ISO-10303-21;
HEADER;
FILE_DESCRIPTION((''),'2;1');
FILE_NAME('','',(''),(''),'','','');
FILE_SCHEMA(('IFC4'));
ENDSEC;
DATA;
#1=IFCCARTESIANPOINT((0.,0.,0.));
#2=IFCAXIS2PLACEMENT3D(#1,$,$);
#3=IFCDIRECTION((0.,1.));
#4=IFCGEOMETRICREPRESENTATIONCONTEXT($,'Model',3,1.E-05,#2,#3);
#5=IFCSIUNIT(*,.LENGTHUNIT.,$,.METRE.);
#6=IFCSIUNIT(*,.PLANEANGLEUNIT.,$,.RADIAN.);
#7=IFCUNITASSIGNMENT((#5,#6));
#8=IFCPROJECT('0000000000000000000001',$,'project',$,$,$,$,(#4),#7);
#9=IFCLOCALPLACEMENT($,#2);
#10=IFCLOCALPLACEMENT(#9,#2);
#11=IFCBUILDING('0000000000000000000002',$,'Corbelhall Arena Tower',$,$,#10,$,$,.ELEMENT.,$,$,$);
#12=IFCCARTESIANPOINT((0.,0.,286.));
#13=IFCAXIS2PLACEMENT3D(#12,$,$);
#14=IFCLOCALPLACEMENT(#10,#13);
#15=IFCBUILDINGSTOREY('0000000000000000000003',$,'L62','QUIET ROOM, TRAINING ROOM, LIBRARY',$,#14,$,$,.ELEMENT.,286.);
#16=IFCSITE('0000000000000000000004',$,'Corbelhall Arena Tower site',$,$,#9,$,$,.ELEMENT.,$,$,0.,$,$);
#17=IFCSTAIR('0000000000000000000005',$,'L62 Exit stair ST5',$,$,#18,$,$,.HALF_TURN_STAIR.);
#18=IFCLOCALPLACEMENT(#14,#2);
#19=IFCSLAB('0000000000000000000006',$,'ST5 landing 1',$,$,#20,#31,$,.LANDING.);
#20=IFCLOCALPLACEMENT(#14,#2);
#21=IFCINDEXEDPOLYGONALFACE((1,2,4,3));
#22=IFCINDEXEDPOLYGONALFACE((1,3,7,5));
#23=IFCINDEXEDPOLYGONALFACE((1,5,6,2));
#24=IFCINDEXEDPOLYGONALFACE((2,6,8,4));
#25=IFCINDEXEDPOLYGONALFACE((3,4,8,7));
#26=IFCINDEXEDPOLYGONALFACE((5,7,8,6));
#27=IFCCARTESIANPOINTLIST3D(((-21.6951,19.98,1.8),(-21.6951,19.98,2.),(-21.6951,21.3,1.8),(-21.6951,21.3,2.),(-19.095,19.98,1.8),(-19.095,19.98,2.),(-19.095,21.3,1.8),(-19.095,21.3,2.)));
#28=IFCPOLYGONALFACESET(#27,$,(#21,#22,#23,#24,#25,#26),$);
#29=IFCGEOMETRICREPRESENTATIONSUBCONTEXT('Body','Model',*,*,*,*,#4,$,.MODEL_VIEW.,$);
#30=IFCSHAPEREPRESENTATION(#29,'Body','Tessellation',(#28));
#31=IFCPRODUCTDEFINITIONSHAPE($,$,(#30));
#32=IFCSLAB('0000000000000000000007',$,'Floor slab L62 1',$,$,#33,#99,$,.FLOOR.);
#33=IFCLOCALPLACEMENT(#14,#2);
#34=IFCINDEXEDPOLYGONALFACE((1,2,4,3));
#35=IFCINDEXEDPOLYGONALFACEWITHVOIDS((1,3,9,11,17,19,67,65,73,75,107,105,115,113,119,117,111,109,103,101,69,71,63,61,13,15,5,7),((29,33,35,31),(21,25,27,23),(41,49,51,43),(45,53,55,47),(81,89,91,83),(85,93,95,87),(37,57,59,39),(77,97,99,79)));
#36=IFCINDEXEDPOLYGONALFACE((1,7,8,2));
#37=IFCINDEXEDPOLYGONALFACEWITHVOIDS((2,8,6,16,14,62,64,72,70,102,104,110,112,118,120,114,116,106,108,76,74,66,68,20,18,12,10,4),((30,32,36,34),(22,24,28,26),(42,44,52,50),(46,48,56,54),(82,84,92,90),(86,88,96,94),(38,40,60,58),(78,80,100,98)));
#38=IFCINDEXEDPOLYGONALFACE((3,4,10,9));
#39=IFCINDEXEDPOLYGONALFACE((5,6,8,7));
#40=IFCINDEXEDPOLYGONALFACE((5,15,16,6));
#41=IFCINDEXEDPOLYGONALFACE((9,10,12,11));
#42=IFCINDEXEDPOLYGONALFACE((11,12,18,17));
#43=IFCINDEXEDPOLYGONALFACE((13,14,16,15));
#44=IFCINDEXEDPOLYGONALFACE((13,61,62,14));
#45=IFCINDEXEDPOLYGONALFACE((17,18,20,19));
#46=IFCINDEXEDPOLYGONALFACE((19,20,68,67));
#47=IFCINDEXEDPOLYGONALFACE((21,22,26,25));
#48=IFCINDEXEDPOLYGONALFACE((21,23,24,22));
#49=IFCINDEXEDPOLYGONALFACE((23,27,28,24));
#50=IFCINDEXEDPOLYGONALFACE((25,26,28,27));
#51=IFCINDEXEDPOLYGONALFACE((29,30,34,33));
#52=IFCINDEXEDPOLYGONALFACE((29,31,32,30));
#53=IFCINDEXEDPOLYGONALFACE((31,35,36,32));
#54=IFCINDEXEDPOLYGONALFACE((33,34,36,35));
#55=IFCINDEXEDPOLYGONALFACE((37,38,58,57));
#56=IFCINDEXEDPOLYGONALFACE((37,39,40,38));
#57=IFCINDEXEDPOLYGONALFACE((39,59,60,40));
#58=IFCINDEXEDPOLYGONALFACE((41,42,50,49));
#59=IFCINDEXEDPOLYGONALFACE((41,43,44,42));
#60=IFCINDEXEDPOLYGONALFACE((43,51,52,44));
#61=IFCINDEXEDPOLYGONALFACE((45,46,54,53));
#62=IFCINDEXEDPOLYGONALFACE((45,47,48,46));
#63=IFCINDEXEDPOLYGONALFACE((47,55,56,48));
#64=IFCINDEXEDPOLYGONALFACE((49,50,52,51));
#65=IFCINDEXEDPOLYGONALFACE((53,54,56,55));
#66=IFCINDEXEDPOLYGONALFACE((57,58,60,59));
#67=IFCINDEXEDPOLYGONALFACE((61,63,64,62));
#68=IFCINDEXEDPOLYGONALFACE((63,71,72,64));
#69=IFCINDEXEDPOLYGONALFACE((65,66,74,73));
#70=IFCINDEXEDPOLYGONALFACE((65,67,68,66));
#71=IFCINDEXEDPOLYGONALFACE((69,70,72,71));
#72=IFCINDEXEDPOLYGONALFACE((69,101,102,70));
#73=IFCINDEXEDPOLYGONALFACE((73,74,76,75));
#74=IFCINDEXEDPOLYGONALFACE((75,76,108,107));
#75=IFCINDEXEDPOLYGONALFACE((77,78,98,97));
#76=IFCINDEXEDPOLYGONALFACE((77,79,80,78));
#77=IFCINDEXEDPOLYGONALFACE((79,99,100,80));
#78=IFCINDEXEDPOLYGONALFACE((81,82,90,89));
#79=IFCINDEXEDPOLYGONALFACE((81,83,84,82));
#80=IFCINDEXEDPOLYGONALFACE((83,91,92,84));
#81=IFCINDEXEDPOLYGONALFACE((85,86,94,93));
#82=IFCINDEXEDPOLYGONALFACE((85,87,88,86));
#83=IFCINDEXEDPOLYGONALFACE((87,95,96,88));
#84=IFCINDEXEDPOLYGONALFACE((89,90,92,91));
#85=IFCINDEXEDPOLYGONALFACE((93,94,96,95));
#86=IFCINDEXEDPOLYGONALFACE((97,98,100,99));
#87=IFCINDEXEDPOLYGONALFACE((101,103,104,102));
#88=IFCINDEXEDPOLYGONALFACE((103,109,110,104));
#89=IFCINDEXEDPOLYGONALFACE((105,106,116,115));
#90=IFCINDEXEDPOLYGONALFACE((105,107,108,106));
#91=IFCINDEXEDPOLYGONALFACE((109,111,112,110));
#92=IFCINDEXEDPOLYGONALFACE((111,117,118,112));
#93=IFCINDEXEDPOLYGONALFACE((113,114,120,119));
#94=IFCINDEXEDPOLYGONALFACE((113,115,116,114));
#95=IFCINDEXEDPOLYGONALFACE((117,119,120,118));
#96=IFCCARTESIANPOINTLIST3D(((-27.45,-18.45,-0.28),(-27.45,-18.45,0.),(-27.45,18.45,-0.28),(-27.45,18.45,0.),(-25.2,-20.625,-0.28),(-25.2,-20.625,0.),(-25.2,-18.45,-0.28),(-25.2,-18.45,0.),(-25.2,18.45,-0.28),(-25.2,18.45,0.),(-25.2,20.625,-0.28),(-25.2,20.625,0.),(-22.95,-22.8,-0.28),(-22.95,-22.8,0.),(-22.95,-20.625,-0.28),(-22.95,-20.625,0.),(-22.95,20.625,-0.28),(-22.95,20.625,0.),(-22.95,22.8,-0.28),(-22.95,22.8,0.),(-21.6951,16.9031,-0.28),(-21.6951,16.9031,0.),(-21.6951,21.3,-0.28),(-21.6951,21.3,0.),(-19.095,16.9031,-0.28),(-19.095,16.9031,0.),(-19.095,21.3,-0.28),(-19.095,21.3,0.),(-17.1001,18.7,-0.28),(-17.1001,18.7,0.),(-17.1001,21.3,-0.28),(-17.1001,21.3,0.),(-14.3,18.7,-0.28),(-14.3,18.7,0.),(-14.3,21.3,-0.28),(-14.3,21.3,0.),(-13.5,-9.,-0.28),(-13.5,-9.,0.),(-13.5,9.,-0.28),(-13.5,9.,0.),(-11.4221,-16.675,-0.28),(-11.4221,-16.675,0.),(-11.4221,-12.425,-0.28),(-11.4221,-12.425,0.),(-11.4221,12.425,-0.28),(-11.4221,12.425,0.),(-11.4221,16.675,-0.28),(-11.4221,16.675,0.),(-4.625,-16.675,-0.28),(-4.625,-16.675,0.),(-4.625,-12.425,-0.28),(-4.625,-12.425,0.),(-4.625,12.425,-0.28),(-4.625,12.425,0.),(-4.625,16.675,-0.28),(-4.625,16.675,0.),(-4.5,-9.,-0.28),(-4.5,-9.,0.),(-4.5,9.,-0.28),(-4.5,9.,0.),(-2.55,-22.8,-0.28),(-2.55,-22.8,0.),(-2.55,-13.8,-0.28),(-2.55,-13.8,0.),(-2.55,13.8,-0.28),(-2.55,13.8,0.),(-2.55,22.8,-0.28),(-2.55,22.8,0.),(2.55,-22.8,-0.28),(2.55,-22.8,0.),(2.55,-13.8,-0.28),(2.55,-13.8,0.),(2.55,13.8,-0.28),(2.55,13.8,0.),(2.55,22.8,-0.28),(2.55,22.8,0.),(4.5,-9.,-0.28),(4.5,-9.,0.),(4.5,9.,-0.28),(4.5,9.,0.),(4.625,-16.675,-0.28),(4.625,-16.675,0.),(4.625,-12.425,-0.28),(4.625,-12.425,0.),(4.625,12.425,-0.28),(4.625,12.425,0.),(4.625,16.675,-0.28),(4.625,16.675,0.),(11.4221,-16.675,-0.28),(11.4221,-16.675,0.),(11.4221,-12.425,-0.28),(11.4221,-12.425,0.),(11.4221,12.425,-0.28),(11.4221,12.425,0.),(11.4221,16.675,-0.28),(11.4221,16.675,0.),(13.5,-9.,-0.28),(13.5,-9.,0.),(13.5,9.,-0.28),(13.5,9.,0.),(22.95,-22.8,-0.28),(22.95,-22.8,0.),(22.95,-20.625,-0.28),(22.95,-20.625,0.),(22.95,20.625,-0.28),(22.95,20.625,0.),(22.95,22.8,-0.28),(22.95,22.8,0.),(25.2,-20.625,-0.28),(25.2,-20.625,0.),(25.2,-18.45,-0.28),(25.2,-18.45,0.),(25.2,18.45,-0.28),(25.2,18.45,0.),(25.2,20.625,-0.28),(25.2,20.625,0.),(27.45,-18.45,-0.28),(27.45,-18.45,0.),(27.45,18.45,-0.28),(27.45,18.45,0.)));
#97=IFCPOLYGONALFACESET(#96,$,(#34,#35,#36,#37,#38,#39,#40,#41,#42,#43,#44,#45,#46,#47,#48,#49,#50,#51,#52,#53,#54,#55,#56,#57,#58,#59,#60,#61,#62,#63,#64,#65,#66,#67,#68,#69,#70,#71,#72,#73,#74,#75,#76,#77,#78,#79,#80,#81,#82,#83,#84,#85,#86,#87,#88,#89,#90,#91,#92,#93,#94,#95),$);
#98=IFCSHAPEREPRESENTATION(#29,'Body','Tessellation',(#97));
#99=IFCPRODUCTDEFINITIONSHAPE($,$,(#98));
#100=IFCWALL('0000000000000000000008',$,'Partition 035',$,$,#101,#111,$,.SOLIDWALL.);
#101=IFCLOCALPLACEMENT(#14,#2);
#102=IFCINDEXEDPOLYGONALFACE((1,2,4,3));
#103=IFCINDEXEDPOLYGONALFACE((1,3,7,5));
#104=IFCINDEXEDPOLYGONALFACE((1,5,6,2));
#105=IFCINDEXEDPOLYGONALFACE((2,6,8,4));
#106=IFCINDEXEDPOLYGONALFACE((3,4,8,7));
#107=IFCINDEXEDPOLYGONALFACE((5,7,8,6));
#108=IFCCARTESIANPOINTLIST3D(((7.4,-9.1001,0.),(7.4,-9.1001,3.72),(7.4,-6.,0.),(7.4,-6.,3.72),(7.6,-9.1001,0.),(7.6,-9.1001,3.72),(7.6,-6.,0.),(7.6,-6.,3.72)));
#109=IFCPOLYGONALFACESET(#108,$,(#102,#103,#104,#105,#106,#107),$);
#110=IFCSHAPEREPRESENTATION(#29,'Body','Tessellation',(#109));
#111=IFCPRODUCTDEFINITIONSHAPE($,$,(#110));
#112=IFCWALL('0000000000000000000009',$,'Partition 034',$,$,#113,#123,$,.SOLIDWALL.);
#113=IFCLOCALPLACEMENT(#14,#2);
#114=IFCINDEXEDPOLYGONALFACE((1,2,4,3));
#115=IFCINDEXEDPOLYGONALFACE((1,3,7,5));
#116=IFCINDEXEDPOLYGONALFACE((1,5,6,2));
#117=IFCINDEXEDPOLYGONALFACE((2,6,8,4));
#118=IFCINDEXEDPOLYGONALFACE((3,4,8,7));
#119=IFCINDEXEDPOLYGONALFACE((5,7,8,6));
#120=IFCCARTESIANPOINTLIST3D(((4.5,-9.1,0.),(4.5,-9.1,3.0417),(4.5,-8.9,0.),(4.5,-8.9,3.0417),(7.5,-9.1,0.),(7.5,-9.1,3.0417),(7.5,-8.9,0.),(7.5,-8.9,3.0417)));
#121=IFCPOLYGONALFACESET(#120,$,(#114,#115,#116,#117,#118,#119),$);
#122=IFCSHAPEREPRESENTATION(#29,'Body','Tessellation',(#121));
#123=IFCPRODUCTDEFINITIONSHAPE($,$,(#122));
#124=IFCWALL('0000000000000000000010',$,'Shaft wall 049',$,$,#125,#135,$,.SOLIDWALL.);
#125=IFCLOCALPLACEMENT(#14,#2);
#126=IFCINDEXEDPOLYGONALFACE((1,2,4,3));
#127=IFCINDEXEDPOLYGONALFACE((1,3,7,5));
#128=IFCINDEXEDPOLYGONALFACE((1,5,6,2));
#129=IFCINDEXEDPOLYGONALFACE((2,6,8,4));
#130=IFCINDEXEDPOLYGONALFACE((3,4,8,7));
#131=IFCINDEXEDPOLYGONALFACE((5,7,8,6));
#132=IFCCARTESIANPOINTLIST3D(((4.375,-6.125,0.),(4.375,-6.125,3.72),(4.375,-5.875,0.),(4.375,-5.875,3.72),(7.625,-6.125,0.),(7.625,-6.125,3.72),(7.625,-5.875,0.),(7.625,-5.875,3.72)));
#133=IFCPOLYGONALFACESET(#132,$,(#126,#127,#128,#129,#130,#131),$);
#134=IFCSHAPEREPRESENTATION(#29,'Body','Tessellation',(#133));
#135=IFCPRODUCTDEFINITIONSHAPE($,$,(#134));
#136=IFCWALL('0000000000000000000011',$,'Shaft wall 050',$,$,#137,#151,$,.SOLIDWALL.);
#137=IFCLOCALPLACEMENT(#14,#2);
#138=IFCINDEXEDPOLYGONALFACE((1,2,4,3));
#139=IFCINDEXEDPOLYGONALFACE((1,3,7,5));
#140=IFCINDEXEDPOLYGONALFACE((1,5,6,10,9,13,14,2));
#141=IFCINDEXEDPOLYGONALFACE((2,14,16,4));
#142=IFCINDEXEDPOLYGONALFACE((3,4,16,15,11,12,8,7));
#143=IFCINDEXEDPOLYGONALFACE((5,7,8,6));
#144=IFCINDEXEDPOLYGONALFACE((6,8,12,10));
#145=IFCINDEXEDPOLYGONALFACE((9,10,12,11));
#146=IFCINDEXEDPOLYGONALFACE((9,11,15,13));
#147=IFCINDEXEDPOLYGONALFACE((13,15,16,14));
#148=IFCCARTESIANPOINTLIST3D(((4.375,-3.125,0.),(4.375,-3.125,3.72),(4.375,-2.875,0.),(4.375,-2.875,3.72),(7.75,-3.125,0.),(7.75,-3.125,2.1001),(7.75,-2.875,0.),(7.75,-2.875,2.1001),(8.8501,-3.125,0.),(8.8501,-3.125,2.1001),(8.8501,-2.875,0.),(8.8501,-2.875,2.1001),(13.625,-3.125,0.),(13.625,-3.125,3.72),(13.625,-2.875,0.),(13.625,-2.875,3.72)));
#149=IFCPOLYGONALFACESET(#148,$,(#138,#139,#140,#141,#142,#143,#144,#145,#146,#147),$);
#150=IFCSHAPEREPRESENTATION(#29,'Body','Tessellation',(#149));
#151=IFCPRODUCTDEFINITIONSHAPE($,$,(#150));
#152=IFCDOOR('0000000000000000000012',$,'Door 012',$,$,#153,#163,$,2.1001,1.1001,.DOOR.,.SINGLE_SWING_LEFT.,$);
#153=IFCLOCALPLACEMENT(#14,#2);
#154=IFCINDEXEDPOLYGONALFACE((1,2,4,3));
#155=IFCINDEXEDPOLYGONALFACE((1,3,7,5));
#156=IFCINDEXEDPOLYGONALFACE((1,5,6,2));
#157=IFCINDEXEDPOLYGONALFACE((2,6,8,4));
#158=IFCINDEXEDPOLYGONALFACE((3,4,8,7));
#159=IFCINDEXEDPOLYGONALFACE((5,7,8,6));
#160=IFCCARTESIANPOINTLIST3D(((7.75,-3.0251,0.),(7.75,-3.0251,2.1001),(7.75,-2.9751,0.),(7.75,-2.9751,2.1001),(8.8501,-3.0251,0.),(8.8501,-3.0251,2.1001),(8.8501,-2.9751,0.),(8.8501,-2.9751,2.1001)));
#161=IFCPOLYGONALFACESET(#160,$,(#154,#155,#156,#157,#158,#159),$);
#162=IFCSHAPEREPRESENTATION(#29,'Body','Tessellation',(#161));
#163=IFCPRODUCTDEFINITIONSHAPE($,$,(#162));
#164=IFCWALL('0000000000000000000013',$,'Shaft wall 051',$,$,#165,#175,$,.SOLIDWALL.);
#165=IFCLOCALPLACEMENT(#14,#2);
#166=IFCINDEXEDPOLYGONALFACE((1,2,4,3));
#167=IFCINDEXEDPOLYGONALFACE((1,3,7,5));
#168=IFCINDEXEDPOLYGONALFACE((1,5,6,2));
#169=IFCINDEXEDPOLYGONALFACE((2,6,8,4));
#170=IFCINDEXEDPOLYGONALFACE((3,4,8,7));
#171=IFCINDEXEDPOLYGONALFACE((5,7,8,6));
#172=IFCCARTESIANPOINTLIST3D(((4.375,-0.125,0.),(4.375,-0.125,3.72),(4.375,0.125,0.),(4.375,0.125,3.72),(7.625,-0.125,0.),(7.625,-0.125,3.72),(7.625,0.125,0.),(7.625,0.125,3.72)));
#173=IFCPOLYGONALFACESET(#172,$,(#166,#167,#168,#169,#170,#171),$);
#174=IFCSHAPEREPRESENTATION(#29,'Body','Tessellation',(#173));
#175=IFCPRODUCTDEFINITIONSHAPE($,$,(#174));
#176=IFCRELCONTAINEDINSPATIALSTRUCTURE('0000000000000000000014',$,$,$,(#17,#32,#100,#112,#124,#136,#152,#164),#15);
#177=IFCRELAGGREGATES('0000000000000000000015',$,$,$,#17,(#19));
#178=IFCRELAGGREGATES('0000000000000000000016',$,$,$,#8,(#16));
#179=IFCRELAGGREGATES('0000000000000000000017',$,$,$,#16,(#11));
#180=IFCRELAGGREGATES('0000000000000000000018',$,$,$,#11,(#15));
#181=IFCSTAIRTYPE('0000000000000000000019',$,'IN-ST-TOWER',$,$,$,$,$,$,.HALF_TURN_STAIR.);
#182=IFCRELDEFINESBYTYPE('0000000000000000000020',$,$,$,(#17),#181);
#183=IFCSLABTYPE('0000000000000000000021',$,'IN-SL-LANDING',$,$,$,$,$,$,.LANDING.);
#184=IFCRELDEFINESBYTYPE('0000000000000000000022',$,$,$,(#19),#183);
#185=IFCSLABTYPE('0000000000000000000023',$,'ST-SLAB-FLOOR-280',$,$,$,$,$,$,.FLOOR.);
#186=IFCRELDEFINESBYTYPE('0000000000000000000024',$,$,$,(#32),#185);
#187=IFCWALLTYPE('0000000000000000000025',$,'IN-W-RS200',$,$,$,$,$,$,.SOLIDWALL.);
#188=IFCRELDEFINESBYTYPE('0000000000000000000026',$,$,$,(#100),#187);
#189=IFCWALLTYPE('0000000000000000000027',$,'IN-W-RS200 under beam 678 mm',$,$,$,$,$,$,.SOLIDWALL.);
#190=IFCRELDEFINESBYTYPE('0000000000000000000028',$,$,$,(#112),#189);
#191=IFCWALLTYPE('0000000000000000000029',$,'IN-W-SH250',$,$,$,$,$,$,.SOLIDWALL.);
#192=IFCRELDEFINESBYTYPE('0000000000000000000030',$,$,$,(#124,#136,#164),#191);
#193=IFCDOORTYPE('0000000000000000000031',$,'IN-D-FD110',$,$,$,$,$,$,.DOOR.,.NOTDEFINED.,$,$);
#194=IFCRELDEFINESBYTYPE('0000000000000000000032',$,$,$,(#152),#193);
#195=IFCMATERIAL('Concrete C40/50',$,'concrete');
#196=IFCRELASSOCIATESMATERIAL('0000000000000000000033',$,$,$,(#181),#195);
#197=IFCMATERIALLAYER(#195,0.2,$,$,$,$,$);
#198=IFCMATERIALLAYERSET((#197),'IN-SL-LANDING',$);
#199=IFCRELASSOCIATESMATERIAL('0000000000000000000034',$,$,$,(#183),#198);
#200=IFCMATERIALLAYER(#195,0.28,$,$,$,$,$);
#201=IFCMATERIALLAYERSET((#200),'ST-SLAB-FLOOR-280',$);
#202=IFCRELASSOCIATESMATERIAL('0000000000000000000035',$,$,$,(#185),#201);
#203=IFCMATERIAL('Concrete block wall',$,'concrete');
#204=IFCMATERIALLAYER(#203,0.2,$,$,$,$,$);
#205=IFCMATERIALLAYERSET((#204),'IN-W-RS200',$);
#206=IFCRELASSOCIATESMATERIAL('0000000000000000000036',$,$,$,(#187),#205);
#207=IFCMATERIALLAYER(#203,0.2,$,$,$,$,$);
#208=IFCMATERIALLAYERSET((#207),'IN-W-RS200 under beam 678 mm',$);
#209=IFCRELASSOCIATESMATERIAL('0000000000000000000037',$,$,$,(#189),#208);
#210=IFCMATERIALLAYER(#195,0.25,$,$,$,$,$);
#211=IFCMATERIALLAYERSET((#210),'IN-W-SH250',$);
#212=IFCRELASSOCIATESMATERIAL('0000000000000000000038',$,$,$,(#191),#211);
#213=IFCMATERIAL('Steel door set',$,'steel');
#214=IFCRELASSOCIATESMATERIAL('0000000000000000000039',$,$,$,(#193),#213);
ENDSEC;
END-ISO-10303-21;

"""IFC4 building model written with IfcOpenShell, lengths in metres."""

from ifc_helpers import new_model, si_unit, direction, frame, frame_2d, origin, place, context, subcontext, project, spatial, polyline, rectangle, outline, extrude, material, layer, layer_set, type_object, element, fill, aggregate, save


model = new_model("IFC4")

# Units and contexts
model_context = context("Model", 3, precision=1e-05, world=origin(), true_north=direction((0.0, 1.0)))
body_context = subcontext(model_context, "Body", "Model", "MODEL_VIEW")
ifc_project = project(units=[si_unit("LENGTHUNIT", "METRE"), si_unit("PLANEANGLEUNIT", "RADIAN")], contexts=[model_context])

# Site, building, storey
site_placement = place(None, origin())
site = spatial("IfcSite", under=ifc_project, at=site_placement, Name="Corbelhall Arena Tower site", CompositionType="ELEMENT", RefElevation=0.0)
building_placement = place(site_placement, origin())
building = spatial("IfcBuilding", under=site, at=building_placement, Name="Corbelhall Arena Tower", CompositionType="ELEMENT")
storey_placement = place(building_placement, frame((0.0, 0.0, 286.0)))
storey = spatial("IfcBuildingStorey", under=building, at=storey_placement, Name="L62", Description="QUIET ROOM, TRAINING ROOM, LIBRARY", CompositionType="ELEMENT", Elevation=286.0)

# Shared definitions
ifc_material_1 = material(Name="Concrete C40/50", Category="concrete")

# Stair, slab
stair_type = type_object("IfcStairType", Name="IN-ST-TOWER", PredefinedType="HALF_TURN_STAIR", material=ifc_material_1)
ifc_layer_1 = layer(ifc_material_1, 0.2)
ifc_layer_set_1 = layer_set([ifc_layer_1], Name="IN-SL-LANDING")
slab_type_1 = type_object("IfcSlabType", Name="IN-SL-LANDING", PredefinedType="LANDING", material=ifc_layer_set_1)
stair_1_placement = place(storey_placement, origin())
stair_1 = element("IfcStair", 1, at=stair_1_placement, inside=storey, type_object=stair_type, Name="L62 Exit stair ST5", PredefinedType="HALF_TURN_STAIR")
slab_1_placement = place(storey_placement, frame((0.0, 0.0, 1.8)))
slab_1 = element("IfcSlab", 2, at=slab_1_placement, type_object=slab_type_1, Name="ST5 landing 1", PredefinedType="LANDING", context=body_context, shape_type="SweptSolid", body=[
    extrude(outline(polyline([(-19.095, 19.98), (-19.095, 21.3), (-21.6951, 21.3), (-21.6951, 19.98), (-19.095, 19.98)])), origin(), (0.0, 0.0, 1.0), 0.2),
])
aggregate(stair_1, [slab_1])

# Slab
ifc_layer_2 = layer(ifc_material_1, 0.28)
ifc_layer_set_2 = layer_set([ifc_layer_2], Name="ST-SLAB-FLOOR-280")
slab_type_2 = type_object("IfcSlabType", Name="ST-SLAB-FLOOR-280", PredefinedType="FLOOR", material=ifc_layer_set_2)
slab_2_placement = place(storey_placement, frame((0.0, 0.0, -0.28)))
element("IfcSlab", 3, at=slab_2_placement, inside=storey, type_object=slab_type_2, Name="Floor slab L62 1", PredefinedType="FLOOR", context=body_context, shape_type="SweptSolid", body=[
    extrude(outline(polyline([(22.95, 22.8), (2.55, 22.8), (2.55, 13.8), (-2.55, 13.8), (-2.55, 22.8), (-22.95, 22.8), (-22.95, 20.625), (-25.2, 20.625), (-25.2, 18.45), (-27.45, 18.45), (-27.45, -18.45), (-25.2, -18.45), (-25.2, -20.625), (-22.95, -20.625), (-22.95, -22.8), (-2.55, -22.8), (-2.55, -13.8), (2.55, -13.8), (2.55, -22.8), (22.95, -22.8), (22.95, -20.625), (25.2, -20.625), (25.2, -18.45), (27.45, -18.45), (27.45, 18.45), (25.2, 18.45), (25.2, 20.625), (22.95, 20.625), (22.95, 22.8)]), holes=[polyline([(-13.5, 9.0), (-13.5, -9.0), (-4.5, -9.0), (-4.5, 9.0), (-13.5, 9.0)]), polyline([(4.5, 9.0), (4.5, -9.0), (13.5, -9.0), (13.5, 9.0), (4.5, 9.0)]), polyline([(-4.625, 16.675), (-11.4221, 16.675), (-11.4221, 12.425), (-4.625, 12.425), (-4.625, 16.675)]), polyline([(-4.625, -16.675), (-4.625, -12.425), (-11.4221, -12.425), (-11.4221, -16.675), (-4.625, -16.675)]), polyline([(11.4221, 16.675), (4.625, 16.675), (4.625, 12.425), (11.4221, 12.425), (11.4221, 16.675)]), polyline([(11.4221, -16.675), (11.4221, -12.425), (4.625, -12.425), (4.625, -16.675), (11.4221, -16.675)]), polyline([(-21.6951, 21.3), (-21.6951, 16.9031), (-19.095, 16.9031), (-19.095, 21.3), (-21.6951, 21.3)]), polyline([(-14.3, 21.3), (-17.1001, 21.3), (-17.1001, 18.7), (-14.3, 18.7), (-14.3, 21.3)])]), origin(), (0.0, 0.0, 1.0), 0.28),
])

# Walls
ifc_material_2 = material(Name="Concrete block wall", Category="concrete")
ifc_layer_3 = layer(ifc_material_2, 0.2)
ifc_layer_set_3 = layer_set([ifc_layer_3], Name="IN-W-RS200")
wall_type_1 = type_object("IfcWallType", Name="IN-W-RS200", PredefinedType="SOLIDWALL", material=ifc_layer_set_3)
wall_1_placement = place(storey_placement, frame((7.5, -6.0, 0.0), z_axis=(0.0, 0.0, 1.0), x_axis=(0.0, -1.0, 0.0)))
element("IfcWall", 4, at=wall_1_placement, inside=storey, type_object=wall_type_1, Name="Partition 035", PredefinedType="SOLIDWALL", context=body_context, shape_type="SweptSolid", body=[
    extrude(rectangle(XDim=3.1001, YDim=0.2, at=frame_2d((1.55, 0.0))), origin(), (0.0, 0.0, 1.0), 3.72),
])
ifc_layer_4 = layer(ifc_material_2, 0.2)
ifc_layer_set_4 = layer_set([ifc_layer_4], Name="IN-W-RS200 under beam 678 mm")
wall_type_2 = type_object("IfcWallType", Name="IN-W-RS200 under beam 678 mm", PredefinedType="SOLIDWALL", material=ifc_layer_set_4)
wall_2_placement = place(storey_placement, frame((7.5, -9.0, 0.0), z_axis=(0.0, 0.0, 1.0), x_axis=(-1.0, 0.0, 0.0)))
element("IfcWall", 5, at=wall_2_placement, inside=storey, type_object=wall_type_2, Name="Partition 034", PredefinedType="SOLIDWALL", context=body_context, shape_type="SweptSolid", body=[
    extrude(rectangle(XDim=3.0, YDim=0.2, at=frame_2d((1.5, 0.0))), origin(), (0.0, 0.0, 1.0), 3.0417),
])
ifc_layer_5 = layer(ifc_material_1, 0.25)
ifc_layer_set_5 = layer_set([ifc_layer_5], Name="IN-W-SH250")
wall_type_3 = type_object("IfcWallType", Name="IN-W-SH250", PredefinedType="SOLIDWALL", material=ifc_layer_set_5)
wall_3_placement = place(storey_placement, frame((4.375, -6.0, 0.0), z_axis=(0.0, 0.0, 1.0), x_axis=(1.0, 0.0, 0.0)))
element("IfcWall", 6, at=wall_3_placement, inside=storey, type_object=wall_type_3, Name="Shaft wall 049", PredefinedType="SOLIDWALL", context=body_context, shape_type="SweptSolid", body=[
    extrude(rectangle(XDim=3.25, YDim=0.25, at=frame_2d((1.625, 0.0))), origin(), (0.0, 0.0, 1.0), 3.72),
])

# Wall, opening, door
wall_4_placement = place(storey_placement, frame((4.375, -3.0, 0.0), z_axis=(0.0, 0.0, 1.0), x_axis=(1.0, 0.0, 0.0)))
wall_4 = element("IfcWall", 7, at=wall_4_placement, inside=storey, type_object=wall_type_3, Name="Shaft wall 050", PredefinedType="SOLIDWALL", context=body_context, shape_type="SweptSolid", body=[
    extrude(rectangle(XDim=9.25, YDim=0.25, at=frame_2d((4.625, 0.0))), origin(), (0.0, 0.0, 1.0), 3.72),
])
opening_1_placement = place(wall_4_placement, frame((3.375, 0.0, 0.0)))
opening_1 = element("IfcOpeningElement", 8, at=opening_1_placement, cuts=wall_4, PredefinedType="OPENING", context=body_context, shape_type="SweptSolid", body=[
    extrude(rectangle(XDim=1.1001, YDim=2.1001, at=frame_2d((0.55, 1.05))), frame((0.0, 0.125, 0.0), z_axis=(0.0, -1.0, 0.0), x_axis=(1.0, 0.0, 0.0)), (0.0, 0.0, 1.0), 0.25),
])
ifc_material_3 = material(Name="Steel door set", Category="steel")
door_type_1 = type_object("IfcDoorType", Name="IN-D-FD110", OperationType="NOTDEFINED", PredefinedType="DOOR", material=ifc_material_3)
door_1_placement = place(opening_1_placement, origin())
door_1 = element("IfcDoor", 9, at=door_1_placement, inside=storey, type_object=door_type_1, Name="Door 012", OperationType="SINGLE_SWING_LEFT", OverallHeight=2.1001, OverallWidth=1.1001, PredefinedType="DOOR", context=body_context, shape_type="SweptSolid", body=[
    extrude(rectangle(XDim=1.1001, YDim=2.1001, at=frame_2d((0.55, 1.05))), frame((0.0, 0.0249, 0.0), z_axis=(0.0, -1.0, 0.0), x_axis=(1.0, 0.0, 0.0)), (0.0, 0.0, 1.0), 0.05),
])
fill(opening_1, door_1)

# Wall
wall_5_placement = place(storey_placement, frame((4.375, 0.0, 0.0), z_axis=(0.0, 0.0, 1.0), x_axis=(1.0, 0.0, 0.0)))
element("IfcWall", 10, at=wall_5_placement, inside=storey, type_object=wall_type_3, Name="Shaft wall 051", PredefinedType="SOLIDWALL", context=body_context, shape_type="SweptSolid", body=[
    extrude(rectangle(XDim=3.25, YDim=0.25, at=frame_2d((1.625, 0.0))), origin(), (0.0, 0.0, 1.0), 3.72),
])

save(model, "model.ifc")
